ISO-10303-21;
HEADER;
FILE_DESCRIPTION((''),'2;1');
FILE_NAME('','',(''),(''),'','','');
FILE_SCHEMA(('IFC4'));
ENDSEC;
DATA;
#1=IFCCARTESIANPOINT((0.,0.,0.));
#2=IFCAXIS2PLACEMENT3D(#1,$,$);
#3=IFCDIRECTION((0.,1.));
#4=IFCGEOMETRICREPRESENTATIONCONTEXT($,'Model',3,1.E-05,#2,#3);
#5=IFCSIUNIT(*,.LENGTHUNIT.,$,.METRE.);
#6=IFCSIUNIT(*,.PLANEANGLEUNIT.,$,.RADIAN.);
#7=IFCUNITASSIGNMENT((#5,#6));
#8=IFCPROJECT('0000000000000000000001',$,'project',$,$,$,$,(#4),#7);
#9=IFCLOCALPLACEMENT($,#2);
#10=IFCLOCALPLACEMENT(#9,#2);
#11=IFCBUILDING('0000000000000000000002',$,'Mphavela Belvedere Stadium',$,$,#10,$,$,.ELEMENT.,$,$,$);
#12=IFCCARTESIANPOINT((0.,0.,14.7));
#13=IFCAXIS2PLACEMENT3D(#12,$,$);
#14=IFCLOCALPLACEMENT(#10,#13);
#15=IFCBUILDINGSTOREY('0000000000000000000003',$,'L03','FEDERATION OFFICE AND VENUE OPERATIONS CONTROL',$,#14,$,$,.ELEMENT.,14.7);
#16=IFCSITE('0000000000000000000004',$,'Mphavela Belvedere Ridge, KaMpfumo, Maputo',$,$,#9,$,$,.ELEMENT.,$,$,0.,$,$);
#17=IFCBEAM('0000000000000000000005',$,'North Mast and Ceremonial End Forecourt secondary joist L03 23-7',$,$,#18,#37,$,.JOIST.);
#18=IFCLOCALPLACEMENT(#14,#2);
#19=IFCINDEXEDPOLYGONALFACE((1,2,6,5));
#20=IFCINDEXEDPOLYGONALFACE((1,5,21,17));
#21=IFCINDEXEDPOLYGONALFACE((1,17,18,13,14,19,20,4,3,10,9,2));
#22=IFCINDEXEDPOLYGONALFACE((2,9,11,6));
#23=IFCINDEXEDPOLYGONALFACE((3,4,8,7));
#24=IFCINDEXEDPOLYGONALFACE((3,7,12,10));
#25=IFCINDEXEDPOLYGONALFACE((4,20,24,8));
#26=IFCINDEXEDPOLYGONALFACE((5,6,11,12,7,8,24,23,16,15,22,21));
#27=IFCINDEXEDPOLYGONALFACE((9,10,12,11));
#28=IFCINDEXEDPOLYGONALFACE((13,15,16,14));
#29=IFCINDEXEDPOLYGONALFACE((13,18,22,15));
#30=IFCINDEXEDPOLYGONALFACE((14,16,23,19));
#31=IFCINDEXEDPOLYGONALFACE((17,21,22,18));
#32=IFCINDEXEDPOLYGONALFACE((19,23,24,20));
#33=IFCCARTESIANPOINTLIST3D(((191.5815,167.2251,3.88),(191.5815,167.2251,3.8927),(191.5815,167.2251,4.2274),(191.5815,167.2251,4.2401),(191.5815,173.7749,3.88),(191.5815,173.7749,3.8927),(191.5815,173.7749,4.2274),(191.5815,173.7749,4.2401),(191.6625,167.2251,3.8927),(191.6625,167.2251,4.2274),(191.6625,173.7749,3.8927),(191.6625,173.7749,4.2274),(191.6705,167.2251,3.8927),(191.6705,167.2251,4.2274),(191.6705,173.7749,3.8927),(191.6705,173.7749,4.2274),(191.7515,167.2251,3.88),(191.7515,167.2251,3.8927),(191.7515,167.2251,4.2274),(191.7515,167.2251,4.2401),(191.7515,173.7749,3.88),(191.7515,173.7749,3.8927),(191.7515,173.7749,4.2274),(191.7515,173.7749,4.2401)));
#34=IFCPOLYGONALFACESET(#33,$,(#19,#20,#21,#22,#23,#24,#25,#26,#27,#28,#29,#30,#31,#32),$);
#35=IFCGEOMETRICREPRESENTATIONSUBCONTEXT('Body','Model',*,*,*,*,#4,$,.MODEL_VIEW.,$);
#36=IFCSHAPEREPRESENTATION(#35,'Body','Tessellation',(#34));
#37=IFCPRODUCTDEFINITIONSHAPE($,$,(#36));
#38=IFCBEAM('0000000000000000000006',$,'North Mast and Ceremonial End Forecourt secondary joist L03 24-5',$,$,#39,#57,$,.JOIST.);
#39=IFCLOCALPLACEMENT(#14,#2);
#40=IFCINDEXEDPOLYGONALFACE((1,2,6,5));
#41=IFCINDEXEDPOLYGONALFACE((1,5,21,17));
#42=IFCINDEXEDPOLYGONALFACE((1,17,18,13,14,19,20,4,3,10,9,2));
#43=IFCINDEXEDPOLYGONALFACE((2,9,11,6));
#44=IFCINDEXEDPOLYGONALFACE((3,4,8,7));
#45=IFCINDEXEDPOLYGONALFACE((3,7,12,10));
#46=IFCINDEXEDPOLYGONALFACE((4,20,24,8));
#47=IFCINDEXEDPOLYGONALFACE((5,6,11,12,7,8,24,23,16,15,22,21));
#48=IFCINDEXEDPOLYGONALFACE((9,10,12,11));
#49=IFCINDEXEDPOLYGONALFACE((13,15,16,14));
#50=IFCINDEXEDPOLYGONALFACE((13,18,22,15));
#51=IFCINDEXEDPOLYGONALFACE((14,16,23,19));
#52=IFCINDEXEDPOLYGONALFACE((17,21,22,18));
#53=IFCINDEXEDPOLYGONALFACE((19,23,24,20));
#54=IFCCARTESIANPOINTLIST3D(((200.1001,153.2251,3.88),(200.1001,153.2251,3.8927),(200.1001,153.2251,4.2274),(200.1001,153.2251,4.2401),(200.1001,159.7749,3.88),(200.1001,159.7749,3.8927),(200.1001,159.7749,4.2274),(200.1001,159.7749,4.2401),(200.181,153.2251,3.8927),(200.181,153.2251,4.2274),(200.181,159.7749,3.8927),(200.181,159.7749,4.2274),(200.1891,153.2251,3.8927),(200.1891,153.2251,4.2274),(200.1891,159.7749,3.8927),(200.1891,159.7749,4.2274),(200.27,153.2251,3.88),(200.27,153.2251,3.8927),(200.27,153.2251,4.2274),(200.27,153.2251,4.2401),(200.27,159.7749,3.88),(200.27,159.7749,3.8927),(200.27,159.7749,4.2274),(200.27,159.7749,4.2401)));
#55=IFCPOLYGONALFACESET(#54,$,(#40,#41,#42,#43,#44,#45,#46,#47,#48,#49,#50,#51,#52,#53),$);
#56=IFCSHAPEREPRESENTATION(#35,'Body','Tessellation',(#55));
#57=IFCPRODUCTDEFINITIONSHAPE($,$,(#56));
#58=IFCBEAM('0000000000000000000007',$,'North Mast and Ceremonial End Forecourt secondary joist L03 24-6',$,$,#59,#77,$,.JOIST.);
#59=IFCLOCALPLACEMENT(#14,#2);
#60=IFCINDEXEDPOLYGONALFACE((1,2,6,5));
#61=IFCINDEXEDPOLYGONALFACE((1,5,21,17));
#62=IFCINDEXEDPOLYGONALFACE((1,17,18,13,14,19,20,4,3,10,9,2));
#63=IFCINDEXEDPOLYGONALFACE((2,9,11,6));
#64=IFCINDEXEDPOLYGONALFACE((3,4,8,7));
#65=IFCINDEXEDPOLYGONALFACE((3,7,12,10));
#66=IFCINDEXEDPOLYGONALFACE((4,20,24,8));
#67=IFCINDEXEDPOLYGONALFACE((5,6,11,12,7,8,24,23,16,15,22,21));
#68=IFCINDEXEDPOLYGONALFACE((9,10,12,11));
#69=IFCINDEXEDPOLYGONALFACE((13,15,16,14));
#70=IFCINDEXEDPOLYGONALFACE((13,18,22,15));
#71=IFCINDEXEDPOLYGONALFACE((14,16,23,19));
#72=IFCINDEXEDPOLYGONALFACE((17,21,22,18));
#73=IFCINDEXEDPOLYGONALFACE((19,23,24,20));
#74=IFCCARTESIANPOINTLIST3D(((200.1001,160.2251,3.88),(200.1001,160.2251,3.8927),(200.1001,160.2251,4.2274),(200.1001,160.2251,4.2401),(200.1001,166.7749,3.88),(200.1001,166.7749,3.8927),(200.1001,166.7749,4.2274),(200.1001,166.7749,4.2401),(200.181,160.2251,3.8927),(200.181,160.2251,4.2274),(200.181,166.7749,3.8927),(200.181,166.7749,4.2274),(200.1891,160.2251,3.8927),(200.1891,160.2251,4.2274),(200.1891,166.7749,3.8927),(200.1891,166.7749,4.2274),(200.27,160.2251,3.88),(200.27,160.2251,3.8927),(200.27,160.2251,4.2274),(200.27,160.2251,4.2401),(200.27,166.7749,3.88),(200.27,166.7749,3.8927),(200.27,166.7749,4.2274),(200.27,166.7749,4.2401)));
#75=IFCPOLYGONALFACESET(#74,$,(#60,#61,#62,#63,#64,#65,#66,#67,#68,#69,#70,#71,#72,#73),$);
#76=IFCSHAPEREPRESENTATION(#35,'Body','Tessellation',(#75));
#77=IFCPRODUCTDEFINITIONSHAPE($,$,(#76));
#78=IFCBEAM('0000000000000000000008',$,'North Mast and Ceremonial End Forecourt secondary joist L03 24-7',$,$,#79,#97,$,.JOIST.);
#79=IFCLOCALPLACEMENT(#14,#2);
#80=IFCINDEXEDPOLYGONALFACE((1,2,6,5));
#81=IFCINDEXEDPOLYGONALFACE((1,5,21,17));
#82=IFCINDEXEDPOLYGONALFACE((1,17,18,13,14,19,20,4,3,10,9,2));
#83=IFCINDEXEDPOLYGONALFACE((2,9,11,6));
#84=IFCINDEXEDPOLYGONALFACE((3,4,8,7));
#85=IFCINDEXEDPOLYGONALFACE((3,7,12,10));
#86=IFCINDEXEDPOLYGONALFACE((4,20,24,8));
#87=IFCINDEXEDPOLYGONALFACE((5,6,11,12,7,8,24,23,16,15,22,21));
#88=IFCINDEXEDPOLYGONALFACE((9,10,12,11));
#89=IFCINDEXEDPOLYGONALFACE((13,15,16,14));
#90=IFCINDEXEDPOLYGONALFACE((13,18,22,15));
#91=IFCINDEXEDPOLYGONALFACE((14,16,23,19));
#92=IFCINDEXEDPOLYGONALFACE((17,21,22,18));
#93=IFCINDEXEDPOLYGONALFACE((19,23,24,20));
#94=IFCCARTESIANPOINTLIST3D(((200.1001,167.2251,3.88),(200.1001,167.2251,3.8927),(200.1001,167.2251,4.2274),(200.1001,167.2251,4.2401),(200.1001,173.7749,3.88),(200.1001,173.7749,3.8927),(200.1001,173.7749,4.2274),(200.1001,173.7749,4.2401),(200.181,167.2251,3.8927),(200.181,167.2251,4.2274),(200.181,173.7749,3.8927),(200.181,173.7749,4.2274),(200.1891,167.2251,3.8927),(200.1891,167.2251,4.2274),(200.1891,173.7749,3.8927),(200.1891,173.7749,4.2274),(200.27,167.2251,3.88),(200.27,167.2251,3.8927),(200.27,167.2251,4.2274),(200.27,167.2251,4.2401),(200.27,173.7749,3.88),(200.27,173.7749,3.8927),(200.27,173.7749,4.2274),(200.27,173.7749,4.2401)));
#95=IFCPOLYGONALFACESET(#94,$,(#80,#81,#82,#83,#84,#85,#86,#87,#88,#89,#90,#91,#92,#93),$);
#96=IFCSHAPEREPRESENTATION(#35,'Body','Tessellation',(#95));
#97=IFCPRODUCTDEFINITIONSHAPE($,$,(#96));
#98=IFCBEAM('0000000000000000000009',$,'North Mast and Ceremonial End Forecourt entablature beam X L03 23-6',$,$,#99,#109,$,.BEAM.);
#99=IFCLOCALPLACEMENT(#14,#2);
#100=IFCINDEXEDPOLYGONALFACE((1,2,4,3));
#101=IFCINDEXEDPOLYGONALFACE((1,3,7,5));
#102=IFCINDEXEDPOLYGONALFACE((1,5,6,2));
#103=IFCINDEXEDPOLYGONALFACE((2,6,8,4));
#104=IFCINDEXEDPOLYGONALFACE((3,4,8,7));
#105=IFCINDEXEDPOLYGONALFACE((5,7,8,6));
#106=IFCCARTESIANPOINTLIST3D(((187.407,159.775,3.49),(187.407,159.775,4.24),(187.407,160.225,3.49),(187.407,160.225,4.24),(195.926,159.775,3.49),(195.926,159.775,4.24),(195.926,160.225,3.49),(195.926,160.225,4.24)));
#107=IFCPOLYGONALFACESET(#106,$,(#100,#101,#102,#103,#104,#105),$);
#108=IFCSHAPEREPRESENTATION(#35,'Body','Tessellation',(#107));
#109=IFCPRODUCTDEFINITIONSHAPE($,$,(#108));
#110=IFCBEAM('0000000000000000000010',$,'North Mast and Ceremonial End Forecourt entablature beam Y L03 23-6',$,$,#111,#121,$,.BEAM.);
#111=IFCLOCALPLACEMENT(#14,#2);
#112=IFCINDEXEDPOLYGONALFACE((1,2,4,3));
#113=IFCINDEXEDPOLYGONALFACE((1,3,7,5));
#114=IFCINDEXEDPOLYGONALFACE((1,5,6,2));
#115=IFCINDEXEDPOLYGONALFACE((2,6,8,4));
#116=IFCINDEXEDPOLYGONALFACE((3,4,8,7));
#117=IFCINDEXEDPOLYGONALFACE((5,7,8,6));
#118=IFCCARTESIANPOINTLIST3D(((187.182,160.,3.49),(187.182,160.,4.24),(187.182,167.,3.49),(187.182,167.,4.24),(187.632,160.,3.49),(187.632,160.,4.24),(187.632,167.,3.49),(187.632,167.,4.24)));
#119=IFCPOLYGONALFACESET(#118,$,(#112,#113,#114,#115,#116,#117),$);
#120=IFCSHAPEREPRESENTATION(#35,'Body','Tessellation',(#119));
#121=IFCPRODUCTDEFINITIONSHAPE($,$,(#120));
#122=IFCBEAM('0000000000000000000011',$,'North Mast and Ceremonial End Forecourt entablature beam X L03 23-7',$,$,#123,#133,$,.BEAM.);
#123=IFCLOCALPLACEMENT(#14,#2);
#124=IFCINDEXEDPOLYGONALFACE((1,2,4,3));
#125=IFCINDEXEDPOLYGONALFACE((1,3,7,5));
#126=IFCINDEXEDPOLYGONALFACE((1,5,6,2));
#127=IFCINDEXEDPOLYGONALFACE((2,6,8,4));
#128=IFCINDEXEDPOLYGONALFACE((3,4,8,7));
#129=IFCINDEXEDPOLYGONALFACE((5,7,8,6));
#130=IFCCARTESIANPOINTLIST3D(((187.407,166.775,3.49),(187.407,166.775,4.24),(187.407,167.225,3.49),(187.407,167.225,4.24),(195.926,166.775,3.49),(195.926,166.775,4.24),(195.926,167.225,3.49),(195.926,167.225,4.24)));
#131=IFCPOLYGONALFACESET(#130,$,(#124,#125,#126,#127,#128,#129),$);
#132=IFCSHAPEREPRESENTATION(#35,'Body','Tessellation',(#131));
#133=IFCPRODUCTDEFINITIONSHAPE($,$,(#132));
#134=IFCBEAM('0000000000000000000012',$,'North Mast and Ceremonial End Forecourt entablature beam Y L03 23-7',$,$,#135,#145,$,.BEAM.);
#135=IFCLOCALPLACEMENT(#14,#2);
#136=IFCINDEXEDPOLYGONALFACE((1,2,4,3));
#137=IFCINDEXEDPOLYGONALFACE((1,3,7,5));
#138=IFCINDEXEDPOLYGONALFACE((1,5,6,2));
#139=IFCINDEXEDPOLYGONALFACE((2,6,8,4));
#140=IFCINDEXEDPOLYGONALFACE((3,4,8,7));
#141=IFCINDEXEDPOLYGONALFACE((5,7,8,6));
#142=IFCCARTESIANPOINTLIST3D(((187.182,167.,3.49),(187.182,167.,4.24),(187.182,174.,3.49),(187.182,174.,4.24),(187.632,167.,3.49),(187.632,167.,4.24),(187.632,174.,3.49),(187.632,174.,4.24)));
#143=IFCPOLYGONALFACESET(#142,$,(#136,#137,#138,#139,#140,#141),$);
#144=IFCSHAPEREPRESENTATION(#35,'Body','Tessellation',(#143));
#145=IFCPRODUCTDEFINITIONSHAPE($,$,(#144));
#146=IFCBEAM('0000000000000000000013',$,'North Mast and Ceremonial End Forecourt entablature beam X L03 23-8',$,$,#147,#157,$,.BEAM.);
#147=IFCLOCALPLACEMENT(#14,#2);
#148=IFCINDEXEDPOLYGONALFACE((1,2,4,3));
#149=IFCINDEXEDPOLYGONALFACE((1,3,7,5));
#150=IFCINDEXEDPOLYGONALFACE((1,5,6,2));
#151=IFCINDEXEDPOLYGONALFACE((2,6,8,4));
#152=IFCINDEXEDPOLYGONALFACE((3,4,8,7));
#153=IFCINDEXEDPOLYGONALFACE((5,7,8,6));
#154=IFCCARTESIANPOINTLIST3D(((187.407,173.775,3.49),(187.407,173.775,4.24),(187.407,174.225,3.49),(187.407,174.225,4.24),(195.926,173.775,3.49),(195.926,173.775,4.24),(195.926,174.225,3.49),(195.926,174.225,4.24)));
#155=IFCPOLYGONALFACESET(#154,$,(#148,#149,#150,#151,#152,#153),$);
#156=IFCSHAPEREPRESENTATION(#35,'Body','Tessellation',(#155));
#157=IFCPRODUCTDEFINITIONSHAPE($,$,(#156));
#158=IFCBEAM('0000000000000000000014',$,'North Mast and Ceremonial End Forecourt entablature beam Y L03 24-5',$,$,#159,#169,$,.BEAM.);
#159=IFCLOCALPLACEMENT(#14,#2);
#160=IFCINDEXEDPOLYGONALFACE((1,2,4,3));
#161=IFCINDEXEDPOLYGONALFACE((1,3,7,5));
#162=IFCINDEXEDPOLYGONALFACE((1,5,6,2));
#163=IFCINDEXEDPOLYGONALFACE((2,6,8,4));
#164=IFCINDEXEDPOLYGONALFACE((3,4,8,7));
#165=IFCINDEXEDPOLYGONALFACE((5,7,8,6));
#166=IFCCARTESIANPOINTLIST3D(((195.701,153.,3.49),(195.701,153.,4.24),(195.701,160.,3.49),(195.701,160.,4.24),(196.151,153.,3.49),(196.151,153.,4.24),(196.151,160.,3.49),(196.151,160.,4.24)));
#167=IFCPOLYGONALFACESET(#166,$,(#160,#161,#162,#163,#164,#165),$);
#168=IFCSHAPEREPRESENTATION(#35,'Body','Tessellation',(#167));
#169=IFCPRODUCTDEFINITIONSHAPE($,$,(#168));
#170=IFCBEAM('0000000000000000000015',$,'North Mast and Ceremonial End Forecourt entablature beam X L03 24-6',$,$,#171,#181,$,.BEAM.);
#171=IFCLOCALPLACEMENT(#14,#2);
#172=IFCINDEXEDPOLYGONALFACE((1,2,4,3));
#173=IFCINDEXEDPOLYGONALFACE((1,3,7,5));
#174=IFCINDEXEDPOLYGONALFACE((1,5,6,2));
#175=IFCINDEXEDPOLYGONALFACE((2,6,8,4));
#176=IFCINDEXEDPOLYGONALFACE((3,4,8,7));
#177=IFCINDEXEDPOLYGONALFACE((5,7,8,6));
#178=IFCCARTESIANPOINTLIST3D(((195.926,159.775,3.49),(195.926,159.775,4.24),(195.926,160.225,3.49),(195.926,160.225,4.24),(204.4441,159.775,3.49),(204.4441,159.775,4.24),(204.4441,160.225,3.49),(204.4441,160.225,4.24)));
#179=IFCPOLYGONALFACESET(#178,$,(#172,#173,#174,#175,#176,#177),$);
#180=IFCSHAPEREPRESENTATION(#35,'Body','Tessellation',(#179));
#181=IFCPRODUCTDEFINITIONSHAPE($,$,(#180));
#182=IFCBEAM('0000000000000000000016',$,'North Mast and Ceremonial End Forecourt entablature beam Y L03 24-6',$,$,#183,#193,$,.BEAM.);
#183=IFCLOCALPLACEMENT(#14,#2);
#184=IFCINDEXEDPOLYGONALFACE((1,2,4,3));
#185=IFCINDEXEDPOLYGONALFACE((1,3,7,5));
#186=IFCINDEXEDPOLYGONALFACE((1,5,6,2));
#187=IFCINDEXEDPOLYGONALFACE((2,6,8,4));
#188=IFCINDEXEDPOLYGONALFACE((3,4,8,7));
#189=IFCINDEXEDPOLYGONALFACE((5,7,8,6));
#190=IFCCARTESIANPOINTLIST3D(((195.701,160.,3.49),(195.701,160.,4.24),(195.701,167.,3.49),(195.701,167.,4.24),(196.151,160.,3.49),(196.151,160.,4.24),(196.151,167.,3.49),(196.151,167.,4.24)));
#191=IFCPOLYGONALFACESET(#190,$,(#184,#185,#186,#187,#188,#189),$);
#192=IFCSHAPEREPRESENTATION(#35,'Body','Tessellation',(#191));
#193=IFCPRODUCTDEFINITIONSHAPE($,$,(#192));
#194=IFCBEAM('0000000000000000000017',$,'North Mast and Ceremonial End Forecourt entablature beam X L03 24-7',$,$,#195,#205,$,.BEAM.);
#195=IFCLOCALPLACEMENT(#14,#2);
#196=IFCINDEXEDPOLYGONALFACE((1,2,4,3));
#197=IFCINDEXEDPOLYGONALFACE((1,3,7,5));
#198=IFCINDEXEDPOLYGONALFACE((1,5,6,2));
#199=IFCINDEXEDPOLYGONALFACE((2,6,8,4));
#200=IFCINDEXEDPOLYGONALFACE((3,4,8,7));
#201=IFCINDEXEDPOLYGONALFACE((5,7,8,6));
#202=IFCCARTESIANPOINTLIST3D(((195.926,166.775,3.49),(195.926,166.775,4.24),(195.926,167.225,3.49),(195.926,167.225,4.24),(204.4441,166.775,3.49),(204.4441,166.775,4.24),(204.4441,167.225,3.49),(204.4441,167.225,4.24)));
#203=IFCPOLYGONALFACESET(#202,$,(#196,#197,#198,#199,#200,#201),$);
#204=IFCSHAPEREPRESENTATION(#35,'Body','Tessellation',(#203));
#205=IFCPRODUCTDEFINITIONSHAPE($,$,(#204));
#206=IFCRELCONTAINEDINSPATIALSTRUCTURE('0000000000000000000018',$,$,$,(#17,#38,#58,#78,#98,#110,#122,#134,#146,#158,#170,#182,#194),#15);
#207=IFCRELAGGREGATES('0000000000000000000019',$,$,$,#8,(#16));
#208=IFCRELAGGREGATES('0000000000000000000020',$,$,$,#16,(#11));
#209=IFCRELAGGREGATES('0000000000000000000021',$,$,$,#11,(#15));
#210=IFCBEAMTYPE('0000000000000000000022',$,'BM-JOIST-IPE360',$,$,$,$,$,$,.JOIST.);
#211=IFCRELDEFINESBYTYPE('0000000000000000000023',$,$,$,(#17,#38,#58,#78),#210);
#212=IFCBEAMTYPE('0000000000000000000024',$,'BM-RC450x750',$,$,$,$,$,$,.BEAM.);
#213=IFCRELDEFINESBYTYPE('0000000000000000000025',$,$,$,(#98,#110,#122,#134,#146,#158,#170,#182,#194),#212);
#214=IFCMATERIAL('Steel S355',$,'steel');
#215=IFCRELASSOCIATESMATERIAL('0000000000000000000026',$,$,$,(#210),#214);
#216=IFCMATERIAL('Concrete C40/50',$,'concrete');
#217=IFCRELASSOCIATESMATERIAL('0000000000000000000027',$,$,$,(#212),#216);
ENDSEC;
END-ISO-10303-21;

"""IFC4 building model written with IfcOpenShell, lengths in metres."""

from ifc_helpers import new_model, si_unit, direction, frame, origin, origin_2d, place, context, subcontext, project, spatial, rectangle, i_section, extrude, material, material_profile, profile_set, type_object, element, save


model = new_model("IFC4")

# Units and contexts
model_context = context("Model", 3, precision=1e-05, world=origin(), true_north=direction((0.0, 1.0)))
body_context = subcontext(model_context, "Body", "Model", "MODEL_VIEW")
ifc_project = project(units=[si_unit("LENGTHUNIT", "METRE"), si_unit("PLANEANGLEUNIT", "RADIAN")], contexts=[model_context])

# Site, building, storey
site_placement = place(None, origin())
site = spatial("IfcSite", under=ifc_project, at=site_placement, Name="Mphavela Belvedere Ridge, KaMpfumo, Maputo", CompositionType="ELEMENT", RefElevation=0.0)
building_placement = place(site_placement, origin())
building = spatial("IfcBuilding", under=site, at=building_placement, Name="Mphavela Belvedere Stadium", CompositionType="ELEMENT")
storey_placement = place(building_placement, frame((0.0, 0.0, 14.7)))
storey = spatial("IfcBuildingStorey", under=building, at=storey_placement, Name="L03", Description="FEDERATION OFFICE AND VENUE OPERATIONS CONTROL", CompositionType="ELEMENT", Elevation=14.7)

# Beams
ifc_material_1 = material(Name="Steel S355", Category="steel")
ifc_material_profile_1 = material_profile(ifc_material_1, i_section(OverallWidth=0.1699, OverallDepth=0.3601, WebThickness=0.0081, FlangeThickness=0.0127, at=origin_2d()), Name="IPE 360")
ifc_profile_set_1 = profile_set([ifc_material_profile_1], Name="Steel S355")
beam_type_1 = type_object("IfcBeamType", Name="BM-JOIST-IPE360", PredefinedType="JOIST", material=ifc_profile_set_1)
for number, where, z_axis, x_axis, name in (
    (1, (191.6665, 167.2251, 4.0601), (0.0, 1.0, 0.0), (-1.0, 0.0, 0.0), "North Mast and Ceremonial End Forecourt secondary joist L03 23-7"),
    (2, (200.1851, 153.2251, 4.0601), (0.0, 1.0, 0.0), (-1.0, 0.0, 0.0), "North Mast and Ceremonial End Forecourt secondary joist L03 24-5"),
    (3, (200.1851, 160.2251, 4.0601), (0.0, 1.0, 0.0), (-1.0, 0.0, 0.0), "North Mast and Ceremonial End Forecourt secondary joist L03 24-6"),
    (4, (200.1851, 167.2251, 4.0601), (0.0, 1.0, 0.0), (-1.0, 0.0, 0.0), "North Mast and Ceremonial End Forecourt secondary joist L03 24-7"),
):
    element("IfcBeam", number, at=place(storey_placement, frame(where, z_axis=z_axis, x_axis=x_axis)), inside=storey, type_object=beam_type_1, Name=name, PredefinedType="JOIST", context=body_context, shape_type="SweptSolid", body=[
        extrude(i_section(OverallWidth=0.1699, OverallDepth=0.3601, WebThickness=0.0081, FlangeThickness=0.0127, at=origin_2d()), origin(), (0.0, 0.0, 1.0), 6.5498),
    ])
ifc_material_2 = material(Name="Concrete C40/50", Category="concrete")
ifc_material_profile_2 = material_profile(ifc_material_2, rectangle(XDim=0.45, YDim=0.75, at=origin_2d()), Name="RC 450x750")
ifc_profile_set_2 = profile_set([ifc_material_profile_2], Name="Concrete C40/50")
beam_type_2 = type_object("IfcBeamType", Name="BM-RC450x750", PredefinedType="BEAM", material=ifc_profile_set_2)
beam_1_placement = place(storey_placement, frame((187.407, 160.0, 3.865), z_axis=(1.0, 0.0, 0.0), x_axis=(0.0, 1.0, 0.0)))
element("IfcBeam", 5, at=beam_1_placement, inside=storey, type_object=beam_type_2, Name="North Mast and Ceremonial End Forecourt entablature beam X L03 23-6", PredefinedType="BEAM", context=body_context, shape_type="SweptSolid", body=[
    extrude(rectangle(XDim=0.45, YDim=0.75, at=origin_2d()), origin(), (0.0, 0.0, 1.0), 8.519),
])
beam_2_placement = place(storey_placement, frame((187.407, 160.0, 3.865), z_axis=(0.0, 1.0, 0.0), x_axis=(-1.0, 0.0, 0.0)))
element("IfcBeam", 6, at=beam_2_placement, inside=storey, type_object=beam_type_2, Name="North Mast and Ceremonial End Forecourt entablature beam Y L03 23-6", PredefinedType="BEAM", context=body_context, shape_type="SweptSolid", body=[
    extrude(rectangle(XDim=0.45, YDim=0.75, at=origin_2d()), origin(), (0.0, 0.0, 1.0), 7.0),
])
beam_3_placement = place(storey_placement, frame((187.407, 167.0, 3.865), z_axis=(1.0, 0.0, 0.0), x_axis=(0.0, 1.0, 0.0)))
element("IfcBeam", 7, at=beam_3_placement, inside=storey, type_object=beam_type_2, Name="North Mast and Ceremonial End Forecourt entablature beam X L03 23-7", PredefinedType="BEAM", context=body_context, shape_type="SweptSolid", body=[
    extrude(rectangle(XDim=0.45, YDim=0.75, at=origin_2d()), origin(), (0.0, 0.0, 1.0), 8.519),
])
beam_4_placement = place(storey_placement, frame((187.407, 167.0, 3.865), z_axis=(0.0, 1.0, 0.0), x_axis=(-1.0, 0.0, 0.0)))
element("IfcBeam", 8, at=beam_4_placement, inside=storey, type_object=beam_type_2, Name="North Mast and Ceremonial End Forecourt entablature beam Y L03 23-7", PredefinedType="BEAM", context=body_context, shape_type="SweptSolid", body=[
    extrude(rectangle(XDim=0.45, YDim=0.75, at=origin_2d()), origin(), (0.0, 0.0, 1.0), 7.0),
])
beam_5_placement = place(storey_placement, frame((187.407, 174.0, 3.865), z_axis=(1.0, 0.0, 0.0), x_axis=(0.0, 1.0, 0.0)))
element("IfcBeam", 9, at=beam_5_placement, inside=storey, type_object=beam_type_2, Name="North Mast and Ceremonial End Forecourt entablature beam X L03 23-8", PredefinedType="BEAM", context=body_context, shape_type="SweptSolid", body=[
    extrude(rectangle(XDim=0.45, YDim=0.75, at=origin_2d()), origin(), (0.0, 0.0, 1.0), 8.519),
])
beam_6_placement = place(storey_placement, frame((195.926, 153.0, 3.865), z_axis=(0.0, 1.0, 0.0), x_axis=(-1.0, 0.0, 0.0)))
element("IfcBeam", 10, at=beam_6_placement, inside=storey, type_object=beam_type_2, Name="North Mast and Ceremonial End Forecourt entablature beam Y L03 24-5", PredefinedType="BEAM", context=body_context, shape_type="SweptSolid", body=[
    extrude(rectangle(XDim=0.45, YDim=0.75, at=origin_2d()), origin(), (0.0, 0.0, 1.0), 7.0),
])
beam_7_placement = place(storey_placement, frame((195.926, 160.0, 3.865), z_axis=(1.0, 0.0, 0.0), x_axis=(0.0, 1.0, 0.0)))
element("IfcBeam", 11, at=beam_7_placement, inside=storey, type_object=beam_type_2, Name="North Mast and Ceremonial End Forecourt entablature beam X L03 24-6", PredefinedType="BEAM", context=body_context, shape_type="SweptSolid", body=[
    extrude(rectangle(XDim=0.45, YDim=0.75, at=origin_2d()), origin(), (0.0, 0.0, 1.0), 8.5181),
])
beam_8_placement = place(storey_placement, frame((195.926, 160.0, 3.865), z_axis=(0.0, 1.0, 0.0), x_axis=(-1.0, 0.0, 0.0)))
element("IfcBeam", 12, at=beam_8_placement, inside=storey, type_object=beam_type_2, Name="North Mast and Ceremonial End Forecourt entablature beam Y L03 24-6", PredefinedType="BEAM", context=body_context, shape_type="SweptSolid", body=[
    extrude(rectangle(XDim=0.45, YDim=0.75, at=origin_2d()), origin(), (0.0, 0.0, 1.0), 7.0),
])
beam_9_placement = place(storey_placement, frame((195.926, 167.0, 3.865), z_axis=(1.0, 0.0, 0.0), x_axis=(0.0, 1.0, 0.0)))
element("IfcBeam", 13, at=beam_9_placement, inside=storey, type_object=beam_type_2, Name="North Mast and Ceremonial End Forecourt entablature beam X L03 24-7", PredefinedType="BEAM", context=body_context, shape_type="SweptSolid", body=[
    extrude(rectangle(XDim=0.45, YDim=0.75, at=origin_2d()), origin(), (0.0, 0.0, 1.0), 8.5181),
])

save(model, "model.ifc")
